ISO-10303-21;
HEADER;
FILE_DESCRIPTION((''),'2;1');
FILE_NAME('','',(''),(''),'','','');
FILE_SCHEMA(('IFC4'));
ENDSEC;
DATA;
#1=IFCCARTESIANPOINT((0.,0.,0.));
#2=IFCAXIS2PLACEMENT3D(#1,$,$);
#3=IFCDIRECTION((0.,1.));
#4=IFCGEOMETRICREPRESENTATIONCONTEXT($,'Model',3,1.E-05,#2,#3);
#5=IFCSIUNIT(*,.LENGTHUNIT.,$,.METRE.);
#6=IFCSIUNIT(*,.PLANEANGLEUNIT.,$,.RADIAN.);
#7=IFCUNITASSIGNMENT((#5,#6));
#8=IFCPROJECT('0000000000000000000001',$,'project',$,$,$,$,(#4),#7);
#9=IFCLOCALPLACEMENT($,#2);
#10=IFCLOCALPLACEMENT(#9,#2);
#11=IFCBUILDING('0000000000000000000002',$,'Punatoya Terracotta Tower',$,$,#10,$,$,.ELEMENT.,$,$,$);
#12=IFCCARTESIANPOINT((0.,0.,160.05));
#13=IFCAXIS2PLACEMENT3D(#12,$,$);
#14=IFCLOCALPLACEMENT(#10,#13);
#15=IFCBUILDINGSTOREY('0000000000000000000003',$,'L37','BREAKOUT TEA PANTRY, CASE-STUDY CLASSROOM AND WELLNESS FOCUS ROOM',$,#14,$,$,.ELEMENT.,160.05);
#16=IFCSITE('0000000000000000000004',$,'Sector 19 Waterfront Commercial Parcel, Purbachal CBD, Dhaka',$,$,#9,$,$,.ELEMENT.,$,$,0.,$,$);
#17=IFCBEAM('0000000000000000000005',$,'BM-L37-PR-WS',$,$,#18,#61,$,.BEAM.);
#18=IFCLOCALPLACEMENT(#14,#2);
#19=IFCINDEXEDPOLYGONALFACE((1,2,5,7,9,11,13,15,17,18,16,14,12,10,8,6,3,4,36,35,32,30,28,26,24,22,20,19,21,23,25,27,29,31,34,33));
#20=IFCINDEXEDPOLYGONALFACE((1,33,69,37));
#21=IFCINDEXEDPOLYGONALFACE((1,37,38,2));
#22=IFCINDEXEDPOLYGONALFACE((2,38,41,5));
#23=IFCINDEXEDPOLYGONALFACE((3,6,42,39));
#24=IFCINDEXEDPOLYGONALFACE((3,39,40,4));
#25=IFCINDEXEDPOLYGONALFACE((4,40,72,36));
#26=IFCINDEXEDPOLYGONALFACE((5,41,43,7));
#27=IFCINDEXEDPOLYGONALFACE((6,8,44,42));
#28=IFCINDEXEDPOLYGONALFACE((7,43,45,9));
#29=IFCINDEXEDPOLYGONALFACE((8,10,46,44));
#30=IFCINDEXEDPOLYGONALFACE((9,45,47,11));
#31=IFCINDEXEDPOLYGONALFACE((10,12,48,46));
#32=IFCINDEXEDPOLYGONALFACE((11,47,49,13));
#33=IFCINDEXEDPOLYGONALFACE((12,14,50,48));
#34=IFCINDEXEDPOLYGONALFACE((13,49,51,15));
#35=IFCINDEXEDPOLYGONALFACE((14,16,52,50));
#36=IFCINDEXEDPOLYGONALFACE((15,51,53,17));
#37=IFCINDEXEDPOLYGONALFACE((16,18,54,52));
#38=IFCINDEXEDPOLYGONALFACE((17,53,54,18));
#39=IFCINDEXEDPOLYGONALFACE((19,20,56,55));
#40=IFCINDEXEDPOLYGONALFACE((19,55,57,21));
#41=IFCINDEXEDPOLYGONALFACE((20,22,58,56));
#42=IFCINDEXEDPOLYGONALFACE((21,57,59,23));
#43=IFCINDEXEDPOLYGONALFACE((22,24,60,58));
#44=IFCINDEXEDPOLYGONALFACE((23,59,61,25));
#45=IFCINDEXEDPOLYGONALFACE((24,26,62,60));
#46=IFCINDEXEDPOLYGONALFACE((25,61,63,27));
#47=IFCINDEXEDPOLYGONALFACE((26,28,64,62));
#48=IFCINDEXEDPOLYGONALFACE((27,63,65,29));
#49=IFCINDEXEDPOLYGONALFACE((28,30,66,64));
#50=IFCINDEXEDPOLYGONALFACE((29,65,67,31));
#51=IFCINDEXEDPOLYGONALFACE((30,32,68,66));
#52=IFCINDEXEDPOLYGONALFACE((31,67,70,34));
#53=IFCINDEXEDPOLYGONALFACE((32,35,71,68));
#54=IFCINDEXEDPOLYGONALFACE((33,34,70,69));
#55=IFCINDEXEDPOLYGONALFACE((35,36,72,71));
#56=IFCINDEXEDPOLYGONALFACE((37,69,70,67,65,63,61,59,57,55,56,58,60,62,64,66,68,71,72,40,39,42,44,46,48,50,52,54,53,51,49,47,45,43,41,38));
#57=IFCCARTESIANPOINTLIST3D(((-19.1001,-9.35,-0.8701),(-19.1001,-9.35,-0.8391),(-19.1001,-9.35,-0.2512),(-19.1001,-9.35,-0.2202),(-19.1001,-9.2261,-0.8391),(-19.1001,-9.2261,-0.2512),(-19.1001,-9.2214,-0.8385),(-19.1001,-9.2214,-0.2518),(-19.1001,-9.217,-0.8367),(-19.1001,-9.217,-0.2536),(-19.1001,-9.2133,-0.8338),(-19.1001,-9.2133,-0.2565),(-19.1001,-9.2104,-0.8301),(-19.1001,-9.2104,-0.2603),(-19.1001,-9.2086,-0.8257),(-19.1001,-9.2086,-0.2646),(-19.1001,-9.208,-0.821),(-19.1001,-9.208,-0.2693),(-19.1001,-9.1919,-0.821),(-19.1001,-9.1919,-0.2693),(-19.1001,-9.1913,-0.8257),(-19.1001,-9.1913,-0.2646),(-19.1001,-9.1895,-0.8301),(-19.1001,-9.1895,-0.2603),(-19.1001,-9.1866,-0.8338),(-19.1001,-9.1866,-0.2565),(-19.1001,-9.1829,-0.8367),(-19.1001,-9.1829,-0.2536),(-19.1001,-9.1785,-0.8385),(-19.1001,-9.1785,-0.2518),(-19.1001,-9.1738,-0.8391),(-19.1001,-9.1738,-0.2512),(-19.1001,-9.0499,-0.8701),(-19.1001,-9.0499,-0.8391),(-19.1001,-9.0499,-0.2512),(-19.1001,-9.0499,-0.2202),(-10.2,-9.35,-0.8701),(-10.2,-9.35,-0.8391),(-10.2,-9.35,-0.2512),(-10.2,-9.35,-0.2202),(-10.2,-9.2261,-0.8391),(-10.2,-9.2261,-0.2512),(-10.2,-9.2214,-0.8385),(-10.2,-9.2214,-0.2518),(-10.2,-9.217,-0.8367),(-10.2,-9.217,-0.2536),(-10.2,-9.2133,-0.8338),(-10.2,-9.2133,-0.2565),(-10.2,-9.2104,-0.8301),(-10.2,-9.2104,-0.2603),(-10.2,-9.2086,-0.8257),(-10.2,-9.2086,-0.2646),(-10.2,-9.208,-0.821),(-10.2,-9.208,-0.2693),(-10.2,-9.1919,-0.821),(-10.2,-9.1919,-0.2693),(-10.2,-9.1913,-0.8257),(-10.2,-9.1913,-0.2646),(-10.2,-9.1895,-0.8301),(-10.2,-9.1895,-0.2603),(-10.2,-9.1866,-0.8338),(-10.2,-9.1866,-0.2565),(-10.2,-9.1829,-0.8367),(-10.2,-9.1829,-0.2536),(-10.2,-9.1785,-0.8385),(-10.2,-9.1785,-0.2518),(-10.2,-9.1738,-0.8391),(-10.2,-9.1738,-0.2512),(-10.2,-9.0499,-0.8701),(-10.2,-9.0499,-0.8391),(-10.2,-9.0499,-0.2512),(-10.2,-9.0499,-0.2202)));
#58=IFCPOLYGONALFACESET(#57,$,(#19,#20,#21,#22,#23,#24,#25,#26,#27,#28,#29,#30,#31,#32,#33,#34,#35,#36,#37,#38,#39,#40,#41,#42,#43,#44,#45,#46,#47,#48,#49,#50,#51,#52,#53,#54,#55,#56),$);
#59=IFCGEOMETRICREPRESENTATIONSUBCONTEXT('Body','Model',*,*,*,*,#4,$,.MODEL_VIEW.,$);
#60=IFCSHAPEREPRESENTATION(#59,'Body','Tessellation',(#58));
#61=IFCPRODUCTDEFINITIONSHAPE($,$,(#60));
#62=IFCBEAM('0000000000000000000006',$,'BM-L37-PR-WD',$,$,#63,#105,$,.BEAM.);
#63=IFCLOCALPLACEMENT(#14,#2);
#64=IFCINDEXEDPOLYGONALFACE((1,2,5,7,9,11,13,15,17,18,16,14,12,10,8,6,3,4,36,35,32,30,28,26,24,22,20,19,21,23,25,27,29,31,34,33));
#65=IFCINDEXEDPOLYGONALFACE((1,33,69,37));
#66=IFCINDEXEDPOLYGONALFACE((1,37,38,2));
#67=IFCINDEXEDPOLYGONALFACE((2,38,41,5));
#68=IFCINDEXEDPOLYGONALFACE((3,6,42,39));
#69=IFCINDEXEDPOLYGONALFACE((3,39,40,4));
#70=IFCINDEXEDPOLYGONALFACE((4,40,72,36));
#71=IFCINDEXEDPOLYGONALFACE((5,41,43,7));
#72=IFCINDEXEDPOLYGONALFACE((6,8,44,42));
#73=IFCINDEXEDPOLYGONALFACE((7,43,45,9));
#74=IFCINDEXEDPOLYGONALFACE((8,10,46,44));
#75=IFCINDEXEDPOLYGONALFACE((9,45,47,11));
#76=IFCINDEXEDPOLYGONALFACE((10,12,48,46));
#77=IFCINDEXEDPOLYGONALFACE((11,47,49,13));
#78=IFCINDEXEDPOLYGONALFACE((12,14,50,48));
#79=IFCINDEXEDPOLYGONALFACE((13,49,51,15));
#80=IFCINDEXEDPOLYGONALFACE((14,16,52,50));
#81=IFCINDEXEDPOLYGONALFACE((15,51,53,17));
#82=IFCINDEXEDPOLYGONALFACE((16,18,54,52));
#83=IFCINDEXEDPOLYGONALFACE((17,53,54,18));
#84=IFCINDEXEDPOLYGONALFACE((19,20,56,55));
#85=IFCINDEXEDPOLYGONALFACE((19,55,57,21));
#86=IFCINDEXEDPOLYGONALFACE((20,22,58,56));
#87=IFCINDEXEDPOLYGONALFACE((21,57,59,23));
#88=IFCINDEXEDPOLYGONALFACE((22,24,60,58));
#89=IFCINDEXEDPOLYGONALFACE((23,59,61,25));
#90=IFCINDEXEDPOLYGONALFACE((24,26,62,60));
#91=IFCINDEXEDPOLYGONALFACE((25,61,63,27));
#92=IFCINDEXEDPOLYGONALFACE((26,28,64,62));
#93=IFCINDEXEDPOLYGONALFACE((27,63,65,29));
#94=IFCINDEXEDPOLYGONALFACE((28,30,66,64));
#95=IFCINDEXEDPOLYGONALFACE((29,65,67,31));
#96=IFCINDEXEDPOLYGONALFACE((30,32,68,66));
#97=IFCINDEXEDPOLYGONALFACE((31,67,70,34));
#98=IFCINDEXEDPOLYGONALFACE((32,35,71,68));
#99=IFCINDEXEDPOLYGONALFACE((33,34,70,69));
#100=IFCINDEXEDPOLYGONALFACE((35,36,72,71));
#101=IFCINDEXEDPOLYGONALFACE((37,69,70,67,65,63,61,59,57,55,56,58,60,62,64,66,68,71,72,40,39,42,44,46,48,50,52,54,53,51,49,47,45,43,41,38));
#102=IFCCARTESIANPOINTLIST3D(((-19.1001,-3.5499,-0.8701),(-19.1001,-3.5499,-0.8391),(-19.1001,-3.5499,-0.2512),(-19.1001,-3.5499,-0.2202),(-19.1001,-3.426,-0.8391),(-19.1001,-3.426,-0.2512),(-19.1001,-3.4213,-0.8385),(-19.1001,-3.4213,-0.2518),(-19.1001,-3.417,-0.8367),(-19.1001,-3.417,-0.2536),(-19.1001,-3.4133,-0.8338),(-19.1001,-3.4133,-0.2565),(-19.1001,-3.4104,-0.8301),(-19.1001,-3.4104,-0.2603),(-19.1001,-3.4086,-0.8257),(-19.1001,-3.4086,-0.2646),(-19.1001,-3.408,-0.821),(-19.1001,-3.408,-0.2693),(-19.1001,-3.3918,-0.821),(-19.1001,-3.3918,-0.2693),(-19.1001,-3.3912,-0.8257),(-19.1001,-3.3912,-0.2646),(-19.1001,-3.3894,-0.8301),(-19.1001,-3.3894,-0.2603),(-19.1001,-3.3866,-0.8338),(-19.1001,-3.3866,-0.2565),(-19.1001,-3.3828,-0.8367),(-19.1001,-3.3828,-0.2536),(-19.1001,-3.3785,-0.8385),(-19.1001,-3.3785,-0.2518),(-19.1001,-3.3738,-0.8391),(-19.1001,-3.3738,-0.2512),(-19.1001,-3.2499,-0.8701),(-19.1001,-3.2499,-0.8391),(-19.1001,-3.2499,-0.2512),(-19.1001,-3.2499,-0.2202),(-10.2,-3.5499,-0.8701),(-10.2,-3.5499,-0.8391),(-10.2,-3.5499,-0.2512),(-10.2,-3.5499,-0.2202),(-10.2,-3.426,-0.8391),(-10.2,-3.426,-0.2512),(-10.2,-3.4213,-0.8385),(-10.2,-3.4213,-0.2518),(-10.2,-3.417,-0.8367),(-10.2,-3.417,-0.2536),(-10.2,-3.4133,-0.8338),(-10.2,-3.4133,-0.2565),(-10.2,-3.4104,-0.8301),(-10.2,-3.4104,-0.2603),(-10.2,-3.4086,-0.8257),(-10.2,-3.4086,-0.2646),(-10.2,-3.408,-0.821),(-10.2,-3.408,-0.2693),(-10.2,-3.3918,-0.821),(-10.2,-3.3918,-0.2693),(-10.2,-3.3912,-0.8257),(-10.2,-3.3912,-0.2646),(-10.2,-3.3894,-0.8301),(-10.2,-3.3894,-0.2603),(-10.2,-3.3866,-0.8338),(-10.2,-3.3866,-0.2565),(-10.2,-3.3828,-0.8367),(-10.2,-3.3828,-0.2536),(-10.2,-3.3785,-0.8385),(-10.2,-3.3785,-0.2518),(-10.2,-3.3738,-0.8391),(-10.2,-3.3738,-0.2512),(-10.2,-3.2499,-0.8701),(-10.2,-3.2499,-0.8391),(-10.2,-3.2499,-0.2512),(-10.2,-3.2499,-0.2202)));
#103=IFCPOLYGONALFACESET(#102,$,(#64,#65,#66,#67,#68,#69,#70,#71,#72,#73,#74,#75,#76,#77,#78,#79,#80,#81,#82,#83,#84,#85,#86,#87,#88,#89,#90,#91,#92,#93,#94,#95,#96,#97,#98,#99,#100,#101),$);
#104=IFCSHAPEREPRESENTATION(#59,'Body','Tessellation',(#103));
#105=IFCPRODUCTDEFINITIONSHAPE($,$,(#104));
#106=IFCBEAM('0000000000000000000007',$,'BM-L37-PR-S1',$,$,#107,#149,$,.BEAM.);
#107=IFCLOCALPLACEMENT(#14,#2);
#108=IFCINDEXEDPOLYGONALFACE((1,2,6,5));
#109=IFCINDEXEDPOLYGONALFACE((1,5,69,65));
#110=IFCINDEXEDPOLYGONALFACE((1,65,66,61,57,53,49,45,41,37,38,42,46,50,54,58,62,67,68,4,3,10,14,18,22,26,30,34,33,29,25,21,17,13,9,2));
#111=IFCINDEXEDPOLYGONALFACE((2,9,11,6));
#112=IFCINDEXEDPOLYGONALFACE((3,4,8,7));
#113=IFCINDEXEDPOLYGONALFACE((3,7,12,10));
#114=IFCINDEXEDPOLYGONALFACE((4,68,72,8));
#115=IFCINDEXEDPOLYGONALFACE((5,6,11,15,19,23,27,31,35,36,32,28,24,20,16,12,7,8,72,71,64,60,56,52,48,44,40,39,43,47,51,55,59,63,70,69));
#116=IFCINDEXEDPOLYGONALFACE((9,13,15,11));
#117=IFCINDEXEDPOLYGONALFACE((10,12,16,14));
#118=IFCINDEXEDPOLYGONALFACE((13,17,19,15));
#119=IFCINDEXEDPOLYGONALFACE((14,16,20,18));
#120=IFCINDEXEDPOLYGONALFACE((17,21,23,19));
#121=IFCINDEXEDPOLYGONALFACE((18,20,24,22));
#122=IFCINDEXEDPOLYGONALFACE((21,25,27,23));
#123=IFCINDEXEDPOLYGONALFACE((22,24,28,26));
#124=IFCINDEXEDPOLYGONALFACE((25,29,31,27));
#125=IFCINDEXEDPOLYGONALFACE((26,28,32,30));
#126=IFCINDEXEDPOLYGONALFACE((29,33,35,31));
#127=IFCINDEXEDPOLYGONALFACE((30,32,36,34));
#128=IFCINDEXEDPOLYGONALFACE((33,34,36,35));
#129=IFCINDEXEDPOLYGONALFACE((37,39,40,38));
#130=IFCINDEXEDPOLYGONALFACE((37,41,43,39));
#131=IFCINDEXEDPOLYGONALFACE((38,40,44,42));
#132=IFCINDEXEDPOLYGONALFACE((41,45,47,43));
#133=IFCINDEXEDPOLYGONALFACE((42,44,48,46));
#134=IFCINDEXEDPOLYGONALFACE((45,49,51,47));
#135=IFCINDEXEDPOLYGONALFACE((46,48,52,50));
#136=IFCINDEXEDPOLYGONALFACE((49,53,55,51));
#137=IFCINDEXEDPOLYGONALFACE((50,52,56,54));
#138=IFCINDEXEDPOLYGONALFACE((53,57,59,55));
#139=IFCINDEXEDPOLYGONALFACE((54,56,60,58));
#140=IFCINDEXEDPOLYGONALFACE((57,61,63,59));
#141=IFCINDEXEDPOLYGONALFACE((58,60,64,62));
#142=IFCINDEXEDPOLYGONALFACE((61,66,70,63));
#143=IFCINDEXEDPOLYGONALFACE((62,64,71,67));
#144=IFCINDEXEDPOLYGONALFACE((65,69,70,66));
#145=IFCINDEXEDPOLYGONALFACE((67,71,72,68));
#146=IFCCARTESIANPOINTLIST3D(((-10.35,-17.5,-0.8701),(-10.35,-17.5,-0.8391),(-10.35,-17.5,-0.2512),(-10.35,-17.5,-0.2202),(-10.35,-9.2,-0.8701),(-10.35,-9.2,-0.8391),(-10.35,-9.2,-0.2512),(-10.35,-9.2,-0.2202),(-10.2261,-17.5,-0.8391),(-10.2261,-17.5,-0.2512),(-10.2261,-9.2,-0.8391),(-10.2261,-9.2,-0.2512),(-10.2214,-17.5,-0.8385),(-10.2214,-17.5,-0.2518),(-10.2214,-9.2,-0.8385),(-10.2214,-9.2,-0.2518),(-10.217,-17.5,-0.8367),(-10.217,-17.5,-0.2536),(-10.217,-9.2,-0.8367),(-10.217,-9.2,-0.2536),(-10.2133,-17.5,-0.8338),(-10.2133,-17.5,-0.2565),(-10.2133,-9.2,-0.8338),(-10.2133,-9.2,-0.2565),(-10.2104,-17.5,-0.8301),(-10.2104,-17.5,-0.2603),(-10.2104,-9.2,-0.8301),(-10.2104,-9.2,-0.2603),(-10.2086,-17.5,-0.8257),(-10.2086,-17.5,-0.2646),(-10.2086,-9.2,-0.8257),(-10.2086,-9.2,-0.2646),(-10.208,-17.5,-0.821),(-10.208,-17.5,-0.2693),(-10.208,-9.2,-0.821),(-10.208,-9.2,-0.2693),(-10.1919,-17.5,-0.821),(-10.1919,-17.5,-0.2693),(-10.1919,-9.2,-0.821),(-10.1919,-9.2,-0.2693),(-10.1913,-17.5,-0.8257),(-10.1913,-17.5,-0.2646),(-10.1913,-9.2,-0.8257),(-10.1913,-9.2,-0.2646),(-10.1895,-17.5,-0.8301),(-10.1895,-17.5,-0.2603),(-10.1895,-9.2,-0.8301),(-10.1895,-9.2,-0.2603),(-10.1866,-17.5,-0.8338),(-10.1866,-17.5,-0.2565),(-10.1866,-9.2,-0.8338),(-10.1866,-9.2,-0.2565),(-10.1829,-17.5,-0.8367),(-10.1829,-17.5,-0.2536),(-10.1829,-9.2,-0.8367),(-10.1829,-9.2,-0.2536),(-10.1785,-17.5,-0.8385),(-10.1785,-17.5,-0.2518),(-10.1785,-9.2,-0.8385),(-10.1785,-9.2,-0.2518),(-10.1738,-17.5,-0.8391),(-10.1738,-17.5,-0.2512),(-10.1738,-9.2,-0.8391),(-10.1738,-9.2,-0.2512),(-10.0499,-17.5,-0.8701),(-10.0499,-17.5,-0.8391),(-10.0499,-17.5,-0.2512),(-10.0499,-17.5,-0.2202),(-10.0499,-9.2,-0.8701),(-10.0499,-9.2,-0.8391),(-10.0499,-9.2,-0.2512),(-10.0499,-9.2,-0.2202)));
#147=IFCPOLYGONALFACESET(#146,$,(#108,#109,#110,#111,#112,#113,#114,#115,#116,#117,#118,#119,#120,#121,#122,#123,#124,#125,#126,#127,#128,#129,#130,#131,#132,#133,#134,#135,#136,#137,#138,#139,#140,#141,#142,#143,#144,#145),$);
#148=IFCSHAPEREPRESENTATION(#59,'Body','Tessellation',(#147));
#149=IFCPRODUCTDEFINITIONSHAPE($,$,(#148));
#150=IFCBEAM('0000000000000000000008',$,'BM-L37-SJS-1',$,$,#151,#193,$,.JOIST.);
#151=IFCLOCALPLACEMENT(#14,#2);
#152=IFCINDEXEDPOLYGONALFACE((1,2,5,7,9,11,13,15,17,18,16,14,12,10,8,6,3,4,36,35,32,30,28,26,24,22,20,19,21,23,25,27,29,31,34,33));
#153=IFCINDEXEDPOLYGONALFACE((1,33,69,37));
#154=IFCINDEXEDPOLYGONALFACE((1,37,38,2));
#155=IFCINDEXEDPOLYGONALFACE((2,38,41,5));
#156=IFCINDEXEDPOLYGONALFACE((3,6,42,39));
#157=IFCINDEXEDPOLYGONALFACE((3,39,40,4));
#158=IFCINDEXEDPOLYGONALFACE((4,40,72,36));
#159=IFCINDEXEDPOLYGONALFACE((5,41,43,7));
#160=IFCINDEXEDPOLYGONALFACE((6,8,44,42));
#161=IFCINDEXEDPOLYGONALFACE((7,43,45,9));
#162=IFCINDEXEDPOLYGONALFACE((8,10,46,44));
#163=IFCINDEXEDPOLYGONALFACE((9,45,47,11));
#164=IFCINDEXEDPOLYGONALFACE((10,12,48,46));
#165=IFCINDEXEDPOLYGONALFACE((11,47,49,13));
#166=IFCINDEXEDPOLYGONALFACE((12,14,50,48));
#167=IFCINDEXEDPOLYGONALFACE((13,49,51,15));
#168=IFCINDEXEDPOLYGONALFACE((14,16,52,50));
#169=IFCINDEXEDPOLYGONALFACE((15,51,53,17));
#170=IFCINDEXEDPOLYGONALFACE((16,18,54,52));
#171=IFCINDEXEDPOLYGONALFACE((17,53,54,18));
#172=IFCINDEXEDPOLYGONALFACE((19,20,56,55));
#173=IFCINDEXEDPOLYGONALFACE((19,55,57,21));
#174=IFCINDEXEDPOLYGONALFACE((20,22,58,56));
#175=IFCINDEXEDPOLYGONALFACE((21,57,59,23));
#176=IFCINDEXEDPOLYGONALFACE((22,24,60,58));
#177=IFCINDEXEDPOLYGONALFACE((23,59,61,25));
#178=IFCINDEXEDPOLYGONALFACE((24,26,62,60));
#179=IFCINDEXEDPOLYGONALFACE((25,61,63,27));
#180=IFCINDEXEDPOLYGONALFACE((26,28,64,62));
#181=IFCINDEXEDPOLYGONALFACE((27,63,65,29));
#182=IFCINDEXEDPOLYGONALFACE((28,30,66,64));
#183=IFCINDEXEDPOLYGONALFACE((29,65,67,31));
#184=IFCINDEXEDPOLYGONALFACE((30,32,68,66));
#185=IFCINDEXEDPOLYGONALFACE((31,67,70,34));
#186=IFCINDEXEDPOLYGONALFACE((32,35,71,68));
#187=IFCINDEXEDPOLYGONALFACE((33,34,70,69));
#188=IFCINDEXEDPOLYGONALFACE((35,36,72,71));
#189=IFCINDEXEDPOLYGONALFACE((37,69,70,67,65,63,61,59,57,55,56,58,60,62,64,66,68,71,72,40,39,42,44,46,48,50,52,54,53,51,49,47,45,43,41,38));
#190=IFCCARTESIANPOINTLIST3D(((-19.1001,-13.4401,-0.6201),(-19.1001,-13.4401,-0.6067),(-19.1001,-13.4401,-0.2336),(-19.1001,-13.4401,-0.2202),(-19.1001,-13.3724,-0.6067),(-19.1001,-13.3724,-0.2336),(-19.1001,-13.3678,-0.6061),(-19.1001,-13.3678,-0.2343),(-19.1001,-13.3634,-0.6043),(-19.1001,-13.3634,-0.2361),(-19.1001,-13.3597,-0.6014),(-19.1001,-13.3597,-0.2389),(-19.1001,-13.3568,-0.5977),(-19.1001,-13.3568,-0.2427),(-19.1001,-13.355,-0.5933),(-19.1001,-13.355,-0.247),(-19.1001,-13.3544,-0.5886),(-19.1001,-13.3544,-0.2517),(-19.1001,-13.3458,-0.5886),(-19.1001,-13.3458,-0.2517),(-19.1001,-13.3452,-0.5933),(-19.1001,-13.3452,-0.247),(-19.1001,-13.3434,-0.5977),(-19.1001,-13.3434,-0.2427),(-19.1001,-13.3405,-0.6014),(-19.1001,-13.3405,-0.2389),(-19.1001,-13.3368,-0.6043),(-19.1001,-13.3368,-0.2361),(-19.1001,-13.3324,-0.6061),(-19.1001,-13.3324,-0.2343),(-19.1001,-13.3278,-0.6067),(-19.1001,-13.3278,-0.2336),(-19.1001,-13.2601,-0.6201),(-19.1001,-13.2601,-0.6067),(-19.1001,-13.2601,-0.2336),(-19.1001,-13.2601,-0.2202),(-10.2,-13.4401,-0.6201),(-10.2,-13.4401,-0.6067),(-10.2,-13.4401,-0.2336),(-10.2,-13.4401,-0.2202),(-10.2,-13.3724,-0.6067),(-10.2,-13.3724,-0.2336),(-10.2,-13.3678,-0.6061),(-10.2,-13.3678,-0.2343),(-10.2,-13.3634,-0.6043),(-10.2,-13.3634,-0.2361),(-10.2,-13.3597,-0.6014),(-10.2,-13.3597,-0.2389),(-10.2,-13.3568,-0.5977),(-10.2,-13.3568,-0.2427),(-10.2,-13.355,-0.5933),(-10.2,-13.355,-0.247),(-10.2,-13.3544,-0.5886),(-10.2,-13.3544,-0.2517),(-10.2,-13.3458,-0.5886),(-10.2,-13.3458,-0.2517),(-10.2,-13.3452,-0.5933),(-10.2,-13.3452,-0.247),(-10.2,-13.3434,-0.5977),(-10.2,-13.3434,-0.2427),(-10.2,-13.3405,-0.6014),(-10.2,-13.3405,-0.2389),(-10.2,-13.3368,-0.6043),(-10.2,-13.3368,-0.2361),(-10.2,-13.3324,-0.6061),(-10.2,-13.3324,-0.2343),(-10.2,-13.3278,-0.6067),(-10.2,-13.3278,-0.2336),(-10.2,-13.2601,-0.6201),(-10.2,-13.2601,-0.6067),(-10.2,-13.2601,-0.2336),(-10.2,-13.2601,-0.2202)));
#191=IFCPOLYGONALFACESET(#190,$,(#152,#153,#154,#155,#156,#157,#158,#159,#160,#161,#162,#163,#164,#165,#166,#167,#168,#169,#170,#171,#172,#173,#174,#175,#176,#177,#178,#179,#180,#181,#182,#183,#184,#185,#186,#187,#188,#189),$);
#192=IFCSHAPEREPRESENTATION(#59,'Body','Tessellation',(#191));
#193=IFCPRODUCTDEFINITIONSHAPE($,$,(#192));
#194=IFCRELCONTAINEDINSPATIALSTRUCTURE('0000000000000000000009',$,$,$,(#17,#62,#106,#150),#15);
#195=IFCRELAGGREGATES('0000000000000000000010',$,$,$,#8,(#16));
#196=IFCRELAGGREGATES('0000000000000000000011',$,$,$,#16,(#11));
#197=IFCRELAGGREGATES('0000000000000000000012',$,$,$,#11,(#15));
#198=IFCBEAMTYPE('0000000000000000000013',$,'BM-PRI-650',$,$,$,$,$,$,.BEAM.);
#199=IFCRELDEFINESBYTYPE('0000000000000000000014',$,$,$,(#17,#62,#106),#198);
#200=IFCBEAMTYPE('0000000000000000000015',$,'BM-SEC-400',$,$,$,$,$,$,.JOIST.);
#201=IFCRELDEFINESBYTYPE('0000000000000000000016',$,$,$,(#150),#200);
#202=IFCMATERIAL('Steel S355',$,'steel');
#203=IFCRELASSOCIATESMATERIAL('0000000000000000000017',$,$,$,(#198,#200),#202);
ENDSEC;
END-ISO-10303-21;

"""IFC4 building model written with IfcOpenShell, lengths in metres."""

from ifc_helpers import new_model, si_unit, direction, frame, origin, origin_2d, place, context, subcontext, project, spatial, i_section, extrude, material, material_profile, profile_set, type_object, element, save


model = new_model("IFC4")

# Units and contexts
model_context = context("Model", 3, precision=1e-05, world=origin(), true_north=direction((0.0, 1.0)))
body_context = subcontext(model_context, "Body", "Model", "MODEL_VIEW")
ifc_project = project(units=[si_unit("LENGTHUNIT", "METRE"), si_unit("PLANEANGLEUNIT", "RADIAN")], contexts=[model_context])

# Site, building, storey
site_placement = place(None, origin())
site = spatial("IfcSite", under=ifc_project, at=site_placement, Name="Sector 19 Waterfront Commercial Parcel, Purbachal CBD, Dhaka", CompositionType="ELEMENT", RefElevation=0.0)
building_placement = place(site_placement, origin())
building = spatial("IfcBuilding", under=site, at=building_placement, Name="Punatoya Terracotta Tower", CompositionType="ELEMENT")
storey_placement = place(building_placement, frame((0.0, 0.0, 160.05)))
storey = spatial("IfcBuildingStorey", under=building, at=storey_placement, Name="L37", Description="BREAKOUT TEA PANTRY, CASE-STUDY CLASSROOM AND WELLNESS FOCUS ROOM", CompositionType="ELEMENT", Elevation=160.05)

# Beams
ifc_material_1 = material(Name="Steel S355", Category="steel")
ifc_material_profile_1 = material_profile(ifc_material_1, i_section(OverallWidth=0.3, OverallDepth=0.6499, WebThickness=0.0161, FlangeThickness=0.031, FilletRadius=0.0181, at=origin_2d()))
ifc_profile_set_1 = profile_set([ifc_material_profile_1], Name="Steel S355")
beam_type_1 = type_object("IfcBeamType", Name="BM-PRI-650", PredefinedType="BEAM", material=ifc_profile_set_1)
for number, where, z_axis, x_axis, name in (
    (1, (-19.1001, -9.2, -0.5452), (1.0, 0.0, 0.0), (0.0, 1.0, 0.0), "BM-L37-PR-WS"),
    (2, (-19.1001, -3.3999, -0.5452), (1.0, 0.0, 0.0), (0.0, 1.0, 0.0), "BM-L37-PR-WD"),
):
    element("IfcBeam", number, at=place(storey_placement, frame(where, z_axis=z_axis, x_axis=x_axis)), inside=storey, type_object=beam_type_1, Name=name, PredefinedType="BEAM", context=body_context, shape_type="SweptSolid", body=[
        extrude(i_section(OverallWidth=0.3, OverallDepth=0.6499, WebThickness=0.0161, FlangeThickness=0.031, FilletRadius=0.0181, at=origin_2d()), origin(), (0.0, 0.0, 1.0), 8.9001),
    ])
beam_1_placement = place(storey_placement, frame((-10.2, -17.5, -0.5452), z_axis=(0.0, 1.0, 0.0), x_axis=(-1.0, 0.0, 0.0)))
element("IfcBeam", 3, at=beam_1_placement, inside=storey, type_object=beam_type_1, Name="BM-L37-PR-S1", PredefinedType="BEAM", context=body_context, shape_type="SweptSolid", body=[
    extrude(i_section(OverallWidth=0.3, OverallDepth=0.6499, WebThickness=0.0161, FlangeThickness=0.031, FilletRadius=0.0181, at=origin_2d()), origin(), (0.0, 0.0, 1.0), 8.3),
])
ifc_material_profile_2 = material_profile(ifc_material_1, i_section(OverallWidth=0.1799, OverallDepth=0.3999, WebThickness=0.0085, FlangeThickness=0.0134, FilletRadius=0.0181, at=origin_2d()))
ifc_profile_set_2 = profile_set([ifc_material_profile_2], Name="Steel S355")
beam_type_2 = type_object("IfcBeamType", Name="BM-SEC-400", PredefinedType="JOIST", material=ifc_profile_set_2)
beam_2_placement = place(storey_placement, frame((-19.1001, -13.3501, -0.4202), z_axis=(1.0, 0.0, 0.0), x_axis=(0.0, 1.0, 0.0)))
element("IfcBeam", 4, at=beam_2_placement, inside=storey, type_object=beam_type_2, Name="BM-L37-SJS-1", PredefinedType="JOIST", context=body_context, shape_type="SweptSolid", body=[
    extrude(i_section(OverallWidth=0.1799, OverallDepth=0.3999, WebThickness=0.0085, FlangeThickness=0.0134, FilletRadius=0.0181, at=origin_2d()), origin(), (0.0, 0.0, 1.0), 8.9001),
])

save(model, "model.ifc")
